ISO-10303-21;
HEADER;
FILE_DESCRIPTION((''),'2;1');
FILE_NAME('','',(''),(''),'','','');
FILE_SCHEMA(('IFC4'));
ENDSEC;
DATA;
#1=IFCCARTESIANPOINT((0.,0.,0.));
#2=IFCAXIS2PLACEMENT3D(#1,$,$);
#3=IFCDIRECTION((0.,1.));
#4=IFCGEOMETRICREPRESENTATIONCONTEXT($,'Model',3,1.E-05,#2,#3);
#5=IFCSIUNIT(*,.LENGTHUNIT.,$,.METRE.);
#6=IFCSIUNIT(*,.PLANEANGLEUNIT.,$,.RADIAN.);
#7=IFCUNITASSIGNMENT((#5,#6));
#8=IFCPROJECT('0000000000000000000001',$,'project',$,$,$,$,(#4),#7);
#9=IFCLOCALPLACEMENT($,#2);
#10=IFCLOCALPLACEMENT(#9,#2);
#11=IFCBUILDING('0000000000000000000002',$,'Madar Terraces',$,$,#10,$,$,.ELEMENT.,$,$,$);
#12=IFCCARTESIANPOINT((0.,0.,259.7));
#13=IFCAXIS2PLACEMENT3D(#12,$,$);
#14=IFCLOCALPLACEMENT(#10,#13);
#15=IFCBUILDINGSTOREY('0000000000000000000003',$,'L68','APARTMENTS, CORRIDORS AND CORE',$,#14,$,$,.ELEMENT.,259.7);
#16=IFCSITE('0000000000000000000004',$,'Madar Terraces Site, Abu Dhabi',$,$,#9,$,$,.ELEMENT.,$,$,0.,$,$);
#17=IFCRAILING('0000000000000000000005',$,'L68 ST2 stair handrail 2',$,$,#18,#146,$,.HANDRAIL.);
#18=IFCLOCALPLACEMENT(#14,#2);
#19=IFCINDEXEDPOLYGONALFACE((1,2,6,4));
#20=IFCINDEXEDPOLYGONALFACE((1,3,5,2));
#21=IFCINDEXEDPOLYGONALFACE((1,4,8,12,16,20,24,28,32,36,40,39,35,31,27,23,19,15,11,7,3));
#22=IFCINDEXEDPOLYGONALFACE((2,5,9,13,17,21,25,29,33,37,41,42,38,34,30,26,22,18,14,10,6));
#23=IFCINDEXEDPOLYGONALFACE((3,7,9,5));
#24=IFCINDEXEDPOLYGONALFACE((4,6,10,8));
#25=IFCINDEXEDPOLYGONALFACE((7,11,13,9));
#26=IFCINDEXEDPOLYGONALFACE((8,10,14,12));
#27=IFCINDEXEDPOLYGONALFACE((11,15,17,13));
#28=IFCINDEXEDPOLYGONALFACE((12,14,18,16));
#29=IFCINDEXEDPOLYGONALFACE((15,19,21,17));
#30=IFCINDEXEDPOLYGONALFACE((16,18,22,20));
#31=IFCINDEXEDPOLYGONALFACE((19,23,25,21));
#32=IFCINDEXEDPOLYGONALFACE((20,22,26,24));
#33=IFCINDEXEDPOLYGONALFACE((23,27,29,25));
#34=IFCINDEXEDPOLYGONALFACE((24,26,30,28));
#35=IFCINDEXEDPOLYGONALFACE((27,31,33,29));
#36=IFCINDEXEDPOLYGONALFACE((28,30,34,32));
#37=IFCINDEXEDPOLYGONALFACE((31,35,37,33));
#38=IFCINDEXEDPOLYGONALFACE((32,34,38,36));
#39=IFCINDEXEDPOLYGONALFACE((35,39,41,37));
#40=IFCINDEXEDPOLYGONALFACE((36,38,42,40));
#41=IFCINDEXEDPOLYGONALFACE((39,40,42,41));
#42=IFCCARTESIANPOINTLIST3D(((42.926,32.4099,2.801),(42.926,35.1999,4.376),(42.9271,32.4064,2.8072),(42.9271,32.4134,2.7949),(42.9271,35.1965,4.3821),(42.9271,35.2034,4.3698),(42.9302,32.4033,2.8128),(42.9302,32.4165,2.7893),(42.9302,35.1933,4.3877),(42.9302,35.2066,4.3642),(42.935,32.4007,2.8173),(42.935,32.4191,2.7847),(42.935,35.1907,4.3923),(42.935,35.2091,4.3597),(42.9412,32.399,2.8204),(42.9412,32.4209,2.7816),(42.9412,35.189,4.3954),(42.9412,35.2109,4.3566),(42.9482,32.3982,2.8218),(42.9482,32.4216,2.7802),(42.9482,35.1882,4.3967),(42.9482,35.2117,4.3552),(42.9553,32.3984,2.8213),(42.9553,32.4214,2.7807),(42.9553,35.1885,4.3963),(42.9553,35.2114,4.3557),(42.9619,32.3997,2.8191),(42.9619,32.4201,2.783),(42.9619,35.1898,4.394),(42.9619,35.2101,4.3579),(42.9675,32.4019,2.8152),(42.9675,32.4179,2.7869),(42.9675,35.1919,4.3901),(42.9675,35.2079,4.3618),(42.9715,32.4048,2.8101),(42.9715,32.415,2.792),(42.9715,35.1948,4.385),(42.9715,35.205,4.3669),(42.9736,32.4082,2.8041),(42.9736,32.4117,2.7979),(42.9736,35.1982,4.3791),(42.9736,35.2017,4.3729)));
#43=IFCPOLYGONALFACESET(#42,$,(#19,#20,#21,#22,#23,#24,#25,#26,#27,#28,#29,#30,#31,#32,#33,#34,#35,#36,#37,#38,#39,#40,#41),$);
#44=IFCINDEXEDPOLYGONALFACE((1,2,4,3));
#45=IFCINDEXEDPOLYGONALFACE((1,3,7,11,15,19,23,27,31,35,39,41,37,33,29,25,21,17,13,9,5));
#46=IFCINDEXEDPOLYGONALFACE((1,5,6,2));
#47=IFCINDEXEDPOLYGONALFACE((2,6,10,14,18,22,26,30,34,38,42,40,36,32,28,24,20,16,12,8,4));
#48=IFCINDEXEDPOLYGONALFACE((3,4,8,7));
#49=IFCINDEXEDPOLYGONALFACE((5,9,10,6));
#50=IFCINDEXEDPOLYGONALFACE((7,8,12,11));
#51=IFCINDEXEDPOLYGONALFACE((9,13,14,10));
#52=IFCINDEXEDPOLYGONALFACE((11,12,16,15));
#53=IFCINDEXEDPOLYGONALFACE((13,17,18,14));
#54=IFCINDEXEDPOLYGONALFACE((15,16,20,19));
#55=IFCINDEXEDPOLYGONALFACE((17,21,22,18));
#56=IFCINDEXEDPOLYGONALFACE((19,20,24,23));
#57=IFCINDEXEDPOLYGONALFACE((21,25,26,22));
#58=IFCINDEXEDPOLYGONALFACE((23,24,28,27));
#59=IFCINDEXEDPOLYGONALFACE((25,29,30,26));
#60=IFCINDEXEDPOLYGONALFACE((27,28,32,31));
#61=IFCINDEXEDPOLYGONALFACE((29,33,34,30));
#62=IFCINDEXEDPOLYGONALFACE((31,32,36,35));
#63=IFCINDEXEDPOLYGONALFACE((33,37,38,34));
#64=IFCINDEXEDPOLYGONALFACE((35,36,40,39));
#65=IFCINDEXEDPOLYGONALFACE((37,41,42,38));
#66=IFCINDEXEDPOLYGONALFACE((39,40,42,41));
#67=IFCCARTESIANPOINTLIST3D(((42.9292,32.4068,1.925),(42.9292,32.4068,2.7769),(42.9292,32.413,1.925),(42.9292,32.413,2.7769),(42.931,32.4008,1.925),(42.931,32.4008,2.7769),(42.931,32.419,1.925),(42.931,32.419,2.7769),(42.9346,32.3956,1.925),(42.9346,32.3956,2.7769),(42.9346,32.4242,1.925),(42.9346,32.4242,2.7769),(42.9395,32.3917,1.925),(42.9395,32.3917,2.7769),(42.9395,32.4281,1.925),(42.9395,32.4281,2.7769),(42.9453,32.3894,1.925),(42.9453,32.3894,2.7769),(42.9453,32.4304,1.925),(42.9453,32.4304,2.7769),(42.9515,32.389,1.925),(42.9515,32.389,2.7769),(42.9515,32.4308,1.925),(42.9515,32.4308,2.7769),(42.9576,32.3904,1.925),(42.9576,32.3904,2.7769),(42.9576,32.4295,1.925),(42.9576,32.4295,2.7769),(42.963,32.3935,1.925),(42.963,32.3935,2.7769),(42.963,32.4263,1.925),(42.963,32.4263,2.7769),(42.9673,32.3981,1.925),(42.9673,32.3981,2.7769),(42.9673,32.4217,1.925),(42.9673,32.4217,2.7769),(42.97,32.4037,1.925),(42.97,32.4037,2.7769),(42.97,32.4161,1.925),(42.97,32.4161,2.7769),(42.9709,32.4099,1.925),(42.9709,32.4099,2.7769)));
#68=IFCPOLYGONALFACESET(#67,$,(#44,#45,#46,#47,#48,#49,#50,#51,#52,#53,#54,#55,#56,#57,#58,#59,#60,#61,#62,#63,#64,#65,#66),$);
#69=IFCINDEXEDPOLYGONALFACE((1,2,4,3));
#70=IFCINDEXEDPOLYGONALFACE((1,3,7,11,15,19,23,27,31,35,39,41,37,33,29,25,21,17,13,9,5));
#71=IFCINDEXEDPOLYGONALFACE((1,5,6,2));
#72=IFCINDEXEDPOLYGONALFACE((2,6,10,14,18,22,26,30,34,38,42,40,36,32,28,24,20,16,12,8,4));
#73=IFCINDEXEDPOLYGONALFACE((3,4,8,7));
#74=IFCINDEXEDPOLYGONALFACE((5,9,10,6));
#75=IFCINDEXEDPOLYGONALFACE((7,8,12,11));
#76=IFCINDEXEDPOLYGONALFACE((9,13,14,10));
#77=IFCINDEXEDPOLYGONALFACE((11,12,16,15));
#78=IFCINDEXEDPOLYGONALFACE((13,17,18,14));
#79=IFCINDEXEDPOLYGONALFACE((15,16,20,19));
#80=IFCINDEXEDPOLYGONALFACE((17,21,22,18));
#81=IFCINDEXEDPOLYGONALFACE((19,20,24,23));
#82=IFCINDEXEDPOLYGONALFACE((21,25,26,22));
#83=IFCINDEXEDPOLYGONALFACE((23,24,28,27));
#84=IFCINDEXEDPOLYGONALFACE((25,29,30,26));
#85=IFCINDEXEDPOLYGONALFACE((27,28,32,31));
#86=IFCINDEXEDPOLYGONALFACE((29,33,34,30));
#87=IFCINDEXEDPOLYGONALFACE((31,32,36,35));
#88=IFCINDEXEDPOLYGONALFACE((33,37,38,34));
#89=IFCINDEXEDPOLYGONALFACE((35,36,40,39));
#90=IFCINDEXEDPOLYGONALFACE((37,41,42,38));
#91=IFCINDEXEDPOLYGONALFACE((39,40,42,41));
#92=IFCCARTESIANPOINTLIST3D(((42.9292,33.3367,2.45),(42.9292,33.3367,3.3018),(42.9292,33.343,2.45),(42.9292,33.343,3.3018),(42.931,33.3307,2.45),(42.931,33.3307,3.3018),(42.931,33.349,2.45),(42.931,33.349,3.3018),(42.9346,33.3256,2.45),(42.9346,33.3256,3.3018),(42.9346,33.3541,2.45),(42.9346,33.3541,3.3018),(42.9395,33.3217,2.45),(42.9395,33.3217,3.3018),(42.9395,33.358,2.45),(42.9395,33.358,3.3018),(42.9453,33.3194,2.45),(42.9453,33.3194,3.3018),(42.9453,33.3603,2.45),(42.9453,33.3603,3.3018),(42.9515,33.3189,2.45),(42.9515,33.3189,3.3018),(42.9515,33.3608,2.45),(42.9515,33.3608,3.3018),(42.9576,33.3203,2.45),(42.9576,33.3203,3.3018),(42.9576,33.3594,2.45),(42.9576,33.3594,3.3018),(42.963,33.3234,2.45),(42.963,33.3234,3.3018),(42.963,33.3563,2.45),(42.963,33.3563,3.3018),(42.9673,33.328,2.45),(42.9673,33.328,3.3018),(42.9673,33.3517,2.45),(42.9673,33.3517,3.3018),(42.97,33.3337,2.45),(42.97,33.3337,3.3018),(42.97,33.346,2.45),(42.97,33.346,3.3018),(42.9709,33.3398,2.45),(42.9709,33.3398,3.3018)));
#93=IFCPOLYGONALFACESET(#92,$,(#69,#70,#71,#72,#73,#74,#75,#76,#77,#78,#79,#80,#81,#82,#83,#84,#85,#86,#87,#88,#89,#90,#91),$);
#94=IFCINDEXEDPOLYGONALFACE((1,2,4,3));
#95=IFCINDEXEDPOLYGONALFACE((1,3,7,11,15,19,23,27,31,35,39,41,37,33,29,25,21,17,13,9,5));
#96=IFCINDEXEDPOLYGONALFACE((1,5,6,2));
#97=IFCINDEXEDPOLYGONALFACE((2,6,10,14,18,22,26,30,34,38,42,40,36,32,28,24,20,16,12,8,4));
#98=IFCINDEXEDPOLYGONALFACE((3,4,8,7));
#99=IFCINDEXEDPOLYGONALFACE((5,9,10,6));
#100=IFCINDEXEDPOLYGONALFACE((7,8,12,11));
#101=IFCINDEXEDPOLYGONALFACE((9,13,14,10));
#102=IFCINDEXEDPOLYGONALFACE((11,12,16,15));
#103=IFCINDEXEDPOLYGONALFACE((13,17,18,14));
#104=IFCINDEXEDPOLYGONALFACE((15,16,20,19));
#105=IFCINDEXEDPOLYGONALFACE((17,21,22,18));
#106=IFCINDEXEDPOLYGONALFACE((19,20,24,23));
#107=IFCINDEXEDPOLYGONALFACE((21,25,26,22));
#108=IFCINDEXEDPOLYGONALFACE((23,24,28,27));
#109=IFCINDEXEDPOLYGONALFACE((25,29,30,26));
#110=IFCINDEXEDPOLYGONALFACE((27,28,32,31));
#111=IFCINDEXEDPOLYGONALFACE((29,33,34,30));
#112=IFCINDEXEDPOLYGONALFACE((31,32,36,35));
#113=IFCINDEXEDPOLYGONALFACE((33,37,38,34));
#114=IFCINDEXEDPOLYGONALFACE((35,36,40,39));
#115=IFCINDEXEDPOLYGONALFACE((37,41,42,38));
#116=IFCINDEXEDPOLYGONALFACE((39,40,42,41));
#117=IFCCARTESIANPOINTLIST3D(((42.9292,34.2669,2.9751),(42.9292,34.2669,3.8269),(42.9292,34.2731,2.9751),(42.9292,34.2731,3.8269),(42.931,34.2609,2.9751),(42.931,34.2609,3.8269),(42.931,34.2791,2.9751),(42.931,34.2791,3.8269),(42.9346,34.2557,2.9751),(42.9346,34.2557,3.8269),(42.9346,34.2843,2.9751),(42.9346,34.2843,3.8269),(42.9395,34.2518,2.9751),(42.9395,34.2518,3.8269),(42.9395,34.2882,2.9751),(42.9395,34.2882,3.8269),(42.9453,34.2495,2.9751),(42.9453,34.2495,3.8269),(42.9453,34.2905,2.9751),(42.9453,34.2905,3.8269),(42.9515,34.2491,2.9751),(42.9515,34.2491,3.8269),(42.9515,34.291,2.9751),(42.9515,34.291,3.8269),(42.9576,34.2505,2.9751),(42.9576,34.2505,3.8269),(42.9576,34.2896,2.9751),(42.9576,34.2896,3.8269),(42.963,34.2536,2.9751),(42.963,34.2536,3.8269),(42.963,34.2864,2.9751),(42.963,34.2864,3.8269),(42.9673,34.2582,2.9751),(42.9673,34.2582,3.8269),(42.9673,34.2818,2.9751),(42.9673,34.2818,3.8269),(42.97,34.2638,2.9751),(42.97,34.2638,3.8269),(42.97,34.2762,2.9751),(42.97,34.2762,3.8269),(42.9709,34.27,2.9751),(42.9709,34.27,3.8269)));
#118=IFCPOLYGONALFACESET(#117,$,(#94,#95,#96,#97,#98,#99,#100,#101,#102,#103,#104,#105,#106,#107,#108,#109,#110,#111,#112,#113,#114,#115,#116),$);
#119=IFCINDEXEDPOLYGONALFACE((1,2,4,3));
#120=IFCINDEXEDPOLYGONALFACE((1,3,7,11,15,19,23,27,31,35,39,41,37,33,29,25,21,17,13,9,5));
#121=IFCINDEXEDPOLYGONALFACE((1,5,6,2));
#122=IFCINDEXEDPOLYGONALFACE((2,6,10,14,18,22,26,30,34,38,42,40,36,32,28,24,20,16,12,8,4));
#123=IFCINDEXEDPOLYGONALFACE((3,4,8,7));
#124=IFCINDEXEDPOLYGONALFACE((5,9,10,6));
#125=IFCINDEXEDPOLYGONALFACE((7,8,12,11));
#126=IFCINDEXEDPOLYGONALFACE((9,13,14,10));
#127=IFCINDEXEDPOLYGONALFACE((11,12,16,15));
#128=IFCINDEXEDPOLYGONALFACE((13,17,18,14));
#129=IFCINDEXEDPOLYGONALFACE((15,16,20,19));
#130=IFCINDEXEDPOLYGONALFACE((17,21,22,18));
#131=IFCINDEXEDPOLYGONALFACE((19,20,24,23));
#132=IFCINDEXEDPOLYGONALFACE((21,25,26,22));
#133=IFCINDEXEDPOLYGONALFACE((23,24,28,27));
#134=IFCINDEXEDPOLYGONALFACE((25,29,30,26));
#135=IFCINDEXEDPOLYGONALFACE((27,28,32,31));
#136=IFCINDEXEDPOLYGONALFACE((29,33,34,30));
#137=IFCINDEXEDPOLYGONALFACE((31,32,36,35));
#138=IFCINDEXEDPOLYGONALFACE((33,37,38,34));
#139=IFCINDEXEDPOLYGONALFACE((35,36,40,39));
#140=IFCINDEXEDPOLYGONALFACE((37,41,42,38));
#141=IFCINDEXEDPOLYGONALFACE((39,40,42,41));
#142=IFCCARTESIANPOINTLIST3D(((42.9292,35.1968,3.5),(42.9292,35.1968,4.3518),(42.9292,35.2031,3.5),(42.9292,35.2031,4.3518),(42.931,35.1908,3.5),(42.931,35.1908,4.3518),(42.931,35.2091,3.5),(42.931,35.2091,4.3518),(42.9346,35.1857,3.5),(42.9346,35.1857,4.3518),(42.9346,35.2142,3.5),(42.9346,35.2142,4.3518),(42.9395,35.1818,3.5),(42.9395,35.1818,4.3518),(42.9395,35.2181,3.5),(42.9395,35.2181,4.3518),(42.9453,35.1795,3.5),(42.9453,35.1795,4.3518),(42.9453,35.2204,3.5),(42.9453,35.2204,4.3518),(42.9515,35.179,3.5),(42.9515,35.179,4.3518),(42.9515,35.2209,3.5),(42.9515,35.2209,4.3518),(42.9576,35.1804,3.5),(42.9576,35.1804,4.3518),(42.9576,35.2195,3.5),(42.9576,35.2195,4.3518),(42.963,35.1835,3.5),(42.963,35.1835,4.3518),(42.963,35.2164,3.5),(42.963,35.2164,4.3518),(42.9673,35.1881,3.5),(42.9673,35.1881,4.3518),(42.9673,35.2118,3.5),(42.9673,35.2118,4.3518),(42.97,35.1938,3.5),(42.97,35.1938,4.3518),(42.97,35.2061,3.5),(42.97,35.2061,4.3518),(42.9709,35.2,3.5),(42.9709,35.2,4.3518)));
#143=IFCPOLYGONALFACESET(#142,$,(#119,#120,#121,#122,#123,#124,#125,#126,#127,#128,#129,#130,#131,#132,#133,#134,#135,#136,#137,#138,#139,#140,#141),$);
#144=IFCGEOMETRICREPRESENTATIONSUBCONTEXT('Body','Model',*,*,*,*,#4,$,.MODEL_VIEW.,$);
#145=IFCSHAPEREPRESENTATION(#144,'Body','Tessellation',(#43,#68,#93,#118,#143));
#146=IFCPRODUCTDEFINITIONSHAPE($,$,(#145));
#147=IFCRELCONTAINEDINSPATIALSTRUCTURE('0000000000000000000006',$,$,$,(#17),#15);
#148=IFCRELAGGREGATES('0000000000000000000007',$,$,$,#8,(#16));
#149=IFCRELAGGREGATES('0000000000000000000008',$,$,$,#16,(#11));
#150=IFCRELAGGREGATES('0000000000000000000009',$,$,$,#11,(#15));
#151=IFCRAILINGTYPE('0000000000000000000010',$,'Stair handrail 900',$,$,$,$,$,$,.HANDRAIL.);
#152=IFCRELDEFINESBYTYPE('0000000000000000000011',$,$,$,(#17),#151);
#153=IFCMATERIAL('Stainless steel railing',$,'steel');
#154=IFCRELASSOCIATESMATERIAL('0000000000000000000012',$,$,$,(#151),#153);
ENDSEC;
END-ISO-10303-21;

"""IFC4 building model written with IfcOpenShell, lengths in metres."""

from ifc_helpers import new_model, si_unit, direction, frame, origin, origin_2d, place, context, subcontext, project, spatial, circle, extrude, material, type_object, element, save


model = new_model("IFC4")

# Units and contexts
model_context = context("Model", 3, precision=1e-05, world=origin(), true_north=direction((0.0, 1.0)))
body_context = subcontext(model_context, "Body", "Model", "MODEL_VIEW")
ifc_project = project(units=[si_unit("LENGTHUNIT", "METRE"), si_unit("PLANEANGLEUNIT", "RADIAN")], contexts=[model_context])

# Site, building, storey
site_placement = place(None, origin())
site = spatial("IfcSite", under=ifc_project, at=site_placement, Name="Madar Terraces Site, Abu Dhabi", CompositionType="ELEMENT", RefElevation=0.0)
building_placement = place(site_placement, origin())
building = spatial("IfcBuilding", under=site, at=building_placement, Name="Madar Terraces", CompositionType="ELEMENT")
storey_placement = place(building_placement, frame((0.0, 0.0, 259.7)))
storey = spatial("IfcBuildingStorey", under=building, at=storey_placement, Name="L68", Description="APARTMENTS, CORRIDORS AND CORE", CompositionType="ELEMENT", Elevation=259.7)

# Railing
ifc_material_1 = material(Name="Stainless steel railing", Category="steel")
railing_type_1 = type_object("IfcRailingType", Name="Stair handrail 900", PredefinedType="HANDRAIL", material=ifc_material_1)
railing_1_placement = place(storey_placement, frame((42.95, 32.4099, 1.925)))
element("IfcRailing", 1, at=railing_1_placement, inside=storey, type_object=railing_type_1, Name="L68 ST2 stair handrail 2", PredefinedType="HANDRAIL", context=body_context, shape_type="SweptSolid", body=[
    extrude(circle(Radius=0.0239, at=origin_2d()), frame((0.0, 0.0, 0.876), z_axis=(0.0, 0.870834, 0.491578), x_axis=(-1.0, 0.0, 0.0)), (0.0, 0.0, 1.0), 3.2039),
    extrude(circle(Radius=0.021, at=origin_2d()), origin(), (0.0, 0.0, 1.0), 0.8518),
    extrude(circle(Radius=0.021, at=origin_2d()), frame((0.0, 0.9299, 0.5249)), (0.0, 0.0, 1.0), 0.8518),
    extrude(circle(Radius=0.021, at=origin_2d()), frame((0.0, 1.8601, 1.05)), (0.0, 0.0, 1.0), 0.8518),
    extrude(circle(Radius=0.021, at=origin_2d()), frame((0.0, 2.79, 1.575)), (0.0, 0.0, 1.0), 0.8518),
])

save(model, "model.ifc")
